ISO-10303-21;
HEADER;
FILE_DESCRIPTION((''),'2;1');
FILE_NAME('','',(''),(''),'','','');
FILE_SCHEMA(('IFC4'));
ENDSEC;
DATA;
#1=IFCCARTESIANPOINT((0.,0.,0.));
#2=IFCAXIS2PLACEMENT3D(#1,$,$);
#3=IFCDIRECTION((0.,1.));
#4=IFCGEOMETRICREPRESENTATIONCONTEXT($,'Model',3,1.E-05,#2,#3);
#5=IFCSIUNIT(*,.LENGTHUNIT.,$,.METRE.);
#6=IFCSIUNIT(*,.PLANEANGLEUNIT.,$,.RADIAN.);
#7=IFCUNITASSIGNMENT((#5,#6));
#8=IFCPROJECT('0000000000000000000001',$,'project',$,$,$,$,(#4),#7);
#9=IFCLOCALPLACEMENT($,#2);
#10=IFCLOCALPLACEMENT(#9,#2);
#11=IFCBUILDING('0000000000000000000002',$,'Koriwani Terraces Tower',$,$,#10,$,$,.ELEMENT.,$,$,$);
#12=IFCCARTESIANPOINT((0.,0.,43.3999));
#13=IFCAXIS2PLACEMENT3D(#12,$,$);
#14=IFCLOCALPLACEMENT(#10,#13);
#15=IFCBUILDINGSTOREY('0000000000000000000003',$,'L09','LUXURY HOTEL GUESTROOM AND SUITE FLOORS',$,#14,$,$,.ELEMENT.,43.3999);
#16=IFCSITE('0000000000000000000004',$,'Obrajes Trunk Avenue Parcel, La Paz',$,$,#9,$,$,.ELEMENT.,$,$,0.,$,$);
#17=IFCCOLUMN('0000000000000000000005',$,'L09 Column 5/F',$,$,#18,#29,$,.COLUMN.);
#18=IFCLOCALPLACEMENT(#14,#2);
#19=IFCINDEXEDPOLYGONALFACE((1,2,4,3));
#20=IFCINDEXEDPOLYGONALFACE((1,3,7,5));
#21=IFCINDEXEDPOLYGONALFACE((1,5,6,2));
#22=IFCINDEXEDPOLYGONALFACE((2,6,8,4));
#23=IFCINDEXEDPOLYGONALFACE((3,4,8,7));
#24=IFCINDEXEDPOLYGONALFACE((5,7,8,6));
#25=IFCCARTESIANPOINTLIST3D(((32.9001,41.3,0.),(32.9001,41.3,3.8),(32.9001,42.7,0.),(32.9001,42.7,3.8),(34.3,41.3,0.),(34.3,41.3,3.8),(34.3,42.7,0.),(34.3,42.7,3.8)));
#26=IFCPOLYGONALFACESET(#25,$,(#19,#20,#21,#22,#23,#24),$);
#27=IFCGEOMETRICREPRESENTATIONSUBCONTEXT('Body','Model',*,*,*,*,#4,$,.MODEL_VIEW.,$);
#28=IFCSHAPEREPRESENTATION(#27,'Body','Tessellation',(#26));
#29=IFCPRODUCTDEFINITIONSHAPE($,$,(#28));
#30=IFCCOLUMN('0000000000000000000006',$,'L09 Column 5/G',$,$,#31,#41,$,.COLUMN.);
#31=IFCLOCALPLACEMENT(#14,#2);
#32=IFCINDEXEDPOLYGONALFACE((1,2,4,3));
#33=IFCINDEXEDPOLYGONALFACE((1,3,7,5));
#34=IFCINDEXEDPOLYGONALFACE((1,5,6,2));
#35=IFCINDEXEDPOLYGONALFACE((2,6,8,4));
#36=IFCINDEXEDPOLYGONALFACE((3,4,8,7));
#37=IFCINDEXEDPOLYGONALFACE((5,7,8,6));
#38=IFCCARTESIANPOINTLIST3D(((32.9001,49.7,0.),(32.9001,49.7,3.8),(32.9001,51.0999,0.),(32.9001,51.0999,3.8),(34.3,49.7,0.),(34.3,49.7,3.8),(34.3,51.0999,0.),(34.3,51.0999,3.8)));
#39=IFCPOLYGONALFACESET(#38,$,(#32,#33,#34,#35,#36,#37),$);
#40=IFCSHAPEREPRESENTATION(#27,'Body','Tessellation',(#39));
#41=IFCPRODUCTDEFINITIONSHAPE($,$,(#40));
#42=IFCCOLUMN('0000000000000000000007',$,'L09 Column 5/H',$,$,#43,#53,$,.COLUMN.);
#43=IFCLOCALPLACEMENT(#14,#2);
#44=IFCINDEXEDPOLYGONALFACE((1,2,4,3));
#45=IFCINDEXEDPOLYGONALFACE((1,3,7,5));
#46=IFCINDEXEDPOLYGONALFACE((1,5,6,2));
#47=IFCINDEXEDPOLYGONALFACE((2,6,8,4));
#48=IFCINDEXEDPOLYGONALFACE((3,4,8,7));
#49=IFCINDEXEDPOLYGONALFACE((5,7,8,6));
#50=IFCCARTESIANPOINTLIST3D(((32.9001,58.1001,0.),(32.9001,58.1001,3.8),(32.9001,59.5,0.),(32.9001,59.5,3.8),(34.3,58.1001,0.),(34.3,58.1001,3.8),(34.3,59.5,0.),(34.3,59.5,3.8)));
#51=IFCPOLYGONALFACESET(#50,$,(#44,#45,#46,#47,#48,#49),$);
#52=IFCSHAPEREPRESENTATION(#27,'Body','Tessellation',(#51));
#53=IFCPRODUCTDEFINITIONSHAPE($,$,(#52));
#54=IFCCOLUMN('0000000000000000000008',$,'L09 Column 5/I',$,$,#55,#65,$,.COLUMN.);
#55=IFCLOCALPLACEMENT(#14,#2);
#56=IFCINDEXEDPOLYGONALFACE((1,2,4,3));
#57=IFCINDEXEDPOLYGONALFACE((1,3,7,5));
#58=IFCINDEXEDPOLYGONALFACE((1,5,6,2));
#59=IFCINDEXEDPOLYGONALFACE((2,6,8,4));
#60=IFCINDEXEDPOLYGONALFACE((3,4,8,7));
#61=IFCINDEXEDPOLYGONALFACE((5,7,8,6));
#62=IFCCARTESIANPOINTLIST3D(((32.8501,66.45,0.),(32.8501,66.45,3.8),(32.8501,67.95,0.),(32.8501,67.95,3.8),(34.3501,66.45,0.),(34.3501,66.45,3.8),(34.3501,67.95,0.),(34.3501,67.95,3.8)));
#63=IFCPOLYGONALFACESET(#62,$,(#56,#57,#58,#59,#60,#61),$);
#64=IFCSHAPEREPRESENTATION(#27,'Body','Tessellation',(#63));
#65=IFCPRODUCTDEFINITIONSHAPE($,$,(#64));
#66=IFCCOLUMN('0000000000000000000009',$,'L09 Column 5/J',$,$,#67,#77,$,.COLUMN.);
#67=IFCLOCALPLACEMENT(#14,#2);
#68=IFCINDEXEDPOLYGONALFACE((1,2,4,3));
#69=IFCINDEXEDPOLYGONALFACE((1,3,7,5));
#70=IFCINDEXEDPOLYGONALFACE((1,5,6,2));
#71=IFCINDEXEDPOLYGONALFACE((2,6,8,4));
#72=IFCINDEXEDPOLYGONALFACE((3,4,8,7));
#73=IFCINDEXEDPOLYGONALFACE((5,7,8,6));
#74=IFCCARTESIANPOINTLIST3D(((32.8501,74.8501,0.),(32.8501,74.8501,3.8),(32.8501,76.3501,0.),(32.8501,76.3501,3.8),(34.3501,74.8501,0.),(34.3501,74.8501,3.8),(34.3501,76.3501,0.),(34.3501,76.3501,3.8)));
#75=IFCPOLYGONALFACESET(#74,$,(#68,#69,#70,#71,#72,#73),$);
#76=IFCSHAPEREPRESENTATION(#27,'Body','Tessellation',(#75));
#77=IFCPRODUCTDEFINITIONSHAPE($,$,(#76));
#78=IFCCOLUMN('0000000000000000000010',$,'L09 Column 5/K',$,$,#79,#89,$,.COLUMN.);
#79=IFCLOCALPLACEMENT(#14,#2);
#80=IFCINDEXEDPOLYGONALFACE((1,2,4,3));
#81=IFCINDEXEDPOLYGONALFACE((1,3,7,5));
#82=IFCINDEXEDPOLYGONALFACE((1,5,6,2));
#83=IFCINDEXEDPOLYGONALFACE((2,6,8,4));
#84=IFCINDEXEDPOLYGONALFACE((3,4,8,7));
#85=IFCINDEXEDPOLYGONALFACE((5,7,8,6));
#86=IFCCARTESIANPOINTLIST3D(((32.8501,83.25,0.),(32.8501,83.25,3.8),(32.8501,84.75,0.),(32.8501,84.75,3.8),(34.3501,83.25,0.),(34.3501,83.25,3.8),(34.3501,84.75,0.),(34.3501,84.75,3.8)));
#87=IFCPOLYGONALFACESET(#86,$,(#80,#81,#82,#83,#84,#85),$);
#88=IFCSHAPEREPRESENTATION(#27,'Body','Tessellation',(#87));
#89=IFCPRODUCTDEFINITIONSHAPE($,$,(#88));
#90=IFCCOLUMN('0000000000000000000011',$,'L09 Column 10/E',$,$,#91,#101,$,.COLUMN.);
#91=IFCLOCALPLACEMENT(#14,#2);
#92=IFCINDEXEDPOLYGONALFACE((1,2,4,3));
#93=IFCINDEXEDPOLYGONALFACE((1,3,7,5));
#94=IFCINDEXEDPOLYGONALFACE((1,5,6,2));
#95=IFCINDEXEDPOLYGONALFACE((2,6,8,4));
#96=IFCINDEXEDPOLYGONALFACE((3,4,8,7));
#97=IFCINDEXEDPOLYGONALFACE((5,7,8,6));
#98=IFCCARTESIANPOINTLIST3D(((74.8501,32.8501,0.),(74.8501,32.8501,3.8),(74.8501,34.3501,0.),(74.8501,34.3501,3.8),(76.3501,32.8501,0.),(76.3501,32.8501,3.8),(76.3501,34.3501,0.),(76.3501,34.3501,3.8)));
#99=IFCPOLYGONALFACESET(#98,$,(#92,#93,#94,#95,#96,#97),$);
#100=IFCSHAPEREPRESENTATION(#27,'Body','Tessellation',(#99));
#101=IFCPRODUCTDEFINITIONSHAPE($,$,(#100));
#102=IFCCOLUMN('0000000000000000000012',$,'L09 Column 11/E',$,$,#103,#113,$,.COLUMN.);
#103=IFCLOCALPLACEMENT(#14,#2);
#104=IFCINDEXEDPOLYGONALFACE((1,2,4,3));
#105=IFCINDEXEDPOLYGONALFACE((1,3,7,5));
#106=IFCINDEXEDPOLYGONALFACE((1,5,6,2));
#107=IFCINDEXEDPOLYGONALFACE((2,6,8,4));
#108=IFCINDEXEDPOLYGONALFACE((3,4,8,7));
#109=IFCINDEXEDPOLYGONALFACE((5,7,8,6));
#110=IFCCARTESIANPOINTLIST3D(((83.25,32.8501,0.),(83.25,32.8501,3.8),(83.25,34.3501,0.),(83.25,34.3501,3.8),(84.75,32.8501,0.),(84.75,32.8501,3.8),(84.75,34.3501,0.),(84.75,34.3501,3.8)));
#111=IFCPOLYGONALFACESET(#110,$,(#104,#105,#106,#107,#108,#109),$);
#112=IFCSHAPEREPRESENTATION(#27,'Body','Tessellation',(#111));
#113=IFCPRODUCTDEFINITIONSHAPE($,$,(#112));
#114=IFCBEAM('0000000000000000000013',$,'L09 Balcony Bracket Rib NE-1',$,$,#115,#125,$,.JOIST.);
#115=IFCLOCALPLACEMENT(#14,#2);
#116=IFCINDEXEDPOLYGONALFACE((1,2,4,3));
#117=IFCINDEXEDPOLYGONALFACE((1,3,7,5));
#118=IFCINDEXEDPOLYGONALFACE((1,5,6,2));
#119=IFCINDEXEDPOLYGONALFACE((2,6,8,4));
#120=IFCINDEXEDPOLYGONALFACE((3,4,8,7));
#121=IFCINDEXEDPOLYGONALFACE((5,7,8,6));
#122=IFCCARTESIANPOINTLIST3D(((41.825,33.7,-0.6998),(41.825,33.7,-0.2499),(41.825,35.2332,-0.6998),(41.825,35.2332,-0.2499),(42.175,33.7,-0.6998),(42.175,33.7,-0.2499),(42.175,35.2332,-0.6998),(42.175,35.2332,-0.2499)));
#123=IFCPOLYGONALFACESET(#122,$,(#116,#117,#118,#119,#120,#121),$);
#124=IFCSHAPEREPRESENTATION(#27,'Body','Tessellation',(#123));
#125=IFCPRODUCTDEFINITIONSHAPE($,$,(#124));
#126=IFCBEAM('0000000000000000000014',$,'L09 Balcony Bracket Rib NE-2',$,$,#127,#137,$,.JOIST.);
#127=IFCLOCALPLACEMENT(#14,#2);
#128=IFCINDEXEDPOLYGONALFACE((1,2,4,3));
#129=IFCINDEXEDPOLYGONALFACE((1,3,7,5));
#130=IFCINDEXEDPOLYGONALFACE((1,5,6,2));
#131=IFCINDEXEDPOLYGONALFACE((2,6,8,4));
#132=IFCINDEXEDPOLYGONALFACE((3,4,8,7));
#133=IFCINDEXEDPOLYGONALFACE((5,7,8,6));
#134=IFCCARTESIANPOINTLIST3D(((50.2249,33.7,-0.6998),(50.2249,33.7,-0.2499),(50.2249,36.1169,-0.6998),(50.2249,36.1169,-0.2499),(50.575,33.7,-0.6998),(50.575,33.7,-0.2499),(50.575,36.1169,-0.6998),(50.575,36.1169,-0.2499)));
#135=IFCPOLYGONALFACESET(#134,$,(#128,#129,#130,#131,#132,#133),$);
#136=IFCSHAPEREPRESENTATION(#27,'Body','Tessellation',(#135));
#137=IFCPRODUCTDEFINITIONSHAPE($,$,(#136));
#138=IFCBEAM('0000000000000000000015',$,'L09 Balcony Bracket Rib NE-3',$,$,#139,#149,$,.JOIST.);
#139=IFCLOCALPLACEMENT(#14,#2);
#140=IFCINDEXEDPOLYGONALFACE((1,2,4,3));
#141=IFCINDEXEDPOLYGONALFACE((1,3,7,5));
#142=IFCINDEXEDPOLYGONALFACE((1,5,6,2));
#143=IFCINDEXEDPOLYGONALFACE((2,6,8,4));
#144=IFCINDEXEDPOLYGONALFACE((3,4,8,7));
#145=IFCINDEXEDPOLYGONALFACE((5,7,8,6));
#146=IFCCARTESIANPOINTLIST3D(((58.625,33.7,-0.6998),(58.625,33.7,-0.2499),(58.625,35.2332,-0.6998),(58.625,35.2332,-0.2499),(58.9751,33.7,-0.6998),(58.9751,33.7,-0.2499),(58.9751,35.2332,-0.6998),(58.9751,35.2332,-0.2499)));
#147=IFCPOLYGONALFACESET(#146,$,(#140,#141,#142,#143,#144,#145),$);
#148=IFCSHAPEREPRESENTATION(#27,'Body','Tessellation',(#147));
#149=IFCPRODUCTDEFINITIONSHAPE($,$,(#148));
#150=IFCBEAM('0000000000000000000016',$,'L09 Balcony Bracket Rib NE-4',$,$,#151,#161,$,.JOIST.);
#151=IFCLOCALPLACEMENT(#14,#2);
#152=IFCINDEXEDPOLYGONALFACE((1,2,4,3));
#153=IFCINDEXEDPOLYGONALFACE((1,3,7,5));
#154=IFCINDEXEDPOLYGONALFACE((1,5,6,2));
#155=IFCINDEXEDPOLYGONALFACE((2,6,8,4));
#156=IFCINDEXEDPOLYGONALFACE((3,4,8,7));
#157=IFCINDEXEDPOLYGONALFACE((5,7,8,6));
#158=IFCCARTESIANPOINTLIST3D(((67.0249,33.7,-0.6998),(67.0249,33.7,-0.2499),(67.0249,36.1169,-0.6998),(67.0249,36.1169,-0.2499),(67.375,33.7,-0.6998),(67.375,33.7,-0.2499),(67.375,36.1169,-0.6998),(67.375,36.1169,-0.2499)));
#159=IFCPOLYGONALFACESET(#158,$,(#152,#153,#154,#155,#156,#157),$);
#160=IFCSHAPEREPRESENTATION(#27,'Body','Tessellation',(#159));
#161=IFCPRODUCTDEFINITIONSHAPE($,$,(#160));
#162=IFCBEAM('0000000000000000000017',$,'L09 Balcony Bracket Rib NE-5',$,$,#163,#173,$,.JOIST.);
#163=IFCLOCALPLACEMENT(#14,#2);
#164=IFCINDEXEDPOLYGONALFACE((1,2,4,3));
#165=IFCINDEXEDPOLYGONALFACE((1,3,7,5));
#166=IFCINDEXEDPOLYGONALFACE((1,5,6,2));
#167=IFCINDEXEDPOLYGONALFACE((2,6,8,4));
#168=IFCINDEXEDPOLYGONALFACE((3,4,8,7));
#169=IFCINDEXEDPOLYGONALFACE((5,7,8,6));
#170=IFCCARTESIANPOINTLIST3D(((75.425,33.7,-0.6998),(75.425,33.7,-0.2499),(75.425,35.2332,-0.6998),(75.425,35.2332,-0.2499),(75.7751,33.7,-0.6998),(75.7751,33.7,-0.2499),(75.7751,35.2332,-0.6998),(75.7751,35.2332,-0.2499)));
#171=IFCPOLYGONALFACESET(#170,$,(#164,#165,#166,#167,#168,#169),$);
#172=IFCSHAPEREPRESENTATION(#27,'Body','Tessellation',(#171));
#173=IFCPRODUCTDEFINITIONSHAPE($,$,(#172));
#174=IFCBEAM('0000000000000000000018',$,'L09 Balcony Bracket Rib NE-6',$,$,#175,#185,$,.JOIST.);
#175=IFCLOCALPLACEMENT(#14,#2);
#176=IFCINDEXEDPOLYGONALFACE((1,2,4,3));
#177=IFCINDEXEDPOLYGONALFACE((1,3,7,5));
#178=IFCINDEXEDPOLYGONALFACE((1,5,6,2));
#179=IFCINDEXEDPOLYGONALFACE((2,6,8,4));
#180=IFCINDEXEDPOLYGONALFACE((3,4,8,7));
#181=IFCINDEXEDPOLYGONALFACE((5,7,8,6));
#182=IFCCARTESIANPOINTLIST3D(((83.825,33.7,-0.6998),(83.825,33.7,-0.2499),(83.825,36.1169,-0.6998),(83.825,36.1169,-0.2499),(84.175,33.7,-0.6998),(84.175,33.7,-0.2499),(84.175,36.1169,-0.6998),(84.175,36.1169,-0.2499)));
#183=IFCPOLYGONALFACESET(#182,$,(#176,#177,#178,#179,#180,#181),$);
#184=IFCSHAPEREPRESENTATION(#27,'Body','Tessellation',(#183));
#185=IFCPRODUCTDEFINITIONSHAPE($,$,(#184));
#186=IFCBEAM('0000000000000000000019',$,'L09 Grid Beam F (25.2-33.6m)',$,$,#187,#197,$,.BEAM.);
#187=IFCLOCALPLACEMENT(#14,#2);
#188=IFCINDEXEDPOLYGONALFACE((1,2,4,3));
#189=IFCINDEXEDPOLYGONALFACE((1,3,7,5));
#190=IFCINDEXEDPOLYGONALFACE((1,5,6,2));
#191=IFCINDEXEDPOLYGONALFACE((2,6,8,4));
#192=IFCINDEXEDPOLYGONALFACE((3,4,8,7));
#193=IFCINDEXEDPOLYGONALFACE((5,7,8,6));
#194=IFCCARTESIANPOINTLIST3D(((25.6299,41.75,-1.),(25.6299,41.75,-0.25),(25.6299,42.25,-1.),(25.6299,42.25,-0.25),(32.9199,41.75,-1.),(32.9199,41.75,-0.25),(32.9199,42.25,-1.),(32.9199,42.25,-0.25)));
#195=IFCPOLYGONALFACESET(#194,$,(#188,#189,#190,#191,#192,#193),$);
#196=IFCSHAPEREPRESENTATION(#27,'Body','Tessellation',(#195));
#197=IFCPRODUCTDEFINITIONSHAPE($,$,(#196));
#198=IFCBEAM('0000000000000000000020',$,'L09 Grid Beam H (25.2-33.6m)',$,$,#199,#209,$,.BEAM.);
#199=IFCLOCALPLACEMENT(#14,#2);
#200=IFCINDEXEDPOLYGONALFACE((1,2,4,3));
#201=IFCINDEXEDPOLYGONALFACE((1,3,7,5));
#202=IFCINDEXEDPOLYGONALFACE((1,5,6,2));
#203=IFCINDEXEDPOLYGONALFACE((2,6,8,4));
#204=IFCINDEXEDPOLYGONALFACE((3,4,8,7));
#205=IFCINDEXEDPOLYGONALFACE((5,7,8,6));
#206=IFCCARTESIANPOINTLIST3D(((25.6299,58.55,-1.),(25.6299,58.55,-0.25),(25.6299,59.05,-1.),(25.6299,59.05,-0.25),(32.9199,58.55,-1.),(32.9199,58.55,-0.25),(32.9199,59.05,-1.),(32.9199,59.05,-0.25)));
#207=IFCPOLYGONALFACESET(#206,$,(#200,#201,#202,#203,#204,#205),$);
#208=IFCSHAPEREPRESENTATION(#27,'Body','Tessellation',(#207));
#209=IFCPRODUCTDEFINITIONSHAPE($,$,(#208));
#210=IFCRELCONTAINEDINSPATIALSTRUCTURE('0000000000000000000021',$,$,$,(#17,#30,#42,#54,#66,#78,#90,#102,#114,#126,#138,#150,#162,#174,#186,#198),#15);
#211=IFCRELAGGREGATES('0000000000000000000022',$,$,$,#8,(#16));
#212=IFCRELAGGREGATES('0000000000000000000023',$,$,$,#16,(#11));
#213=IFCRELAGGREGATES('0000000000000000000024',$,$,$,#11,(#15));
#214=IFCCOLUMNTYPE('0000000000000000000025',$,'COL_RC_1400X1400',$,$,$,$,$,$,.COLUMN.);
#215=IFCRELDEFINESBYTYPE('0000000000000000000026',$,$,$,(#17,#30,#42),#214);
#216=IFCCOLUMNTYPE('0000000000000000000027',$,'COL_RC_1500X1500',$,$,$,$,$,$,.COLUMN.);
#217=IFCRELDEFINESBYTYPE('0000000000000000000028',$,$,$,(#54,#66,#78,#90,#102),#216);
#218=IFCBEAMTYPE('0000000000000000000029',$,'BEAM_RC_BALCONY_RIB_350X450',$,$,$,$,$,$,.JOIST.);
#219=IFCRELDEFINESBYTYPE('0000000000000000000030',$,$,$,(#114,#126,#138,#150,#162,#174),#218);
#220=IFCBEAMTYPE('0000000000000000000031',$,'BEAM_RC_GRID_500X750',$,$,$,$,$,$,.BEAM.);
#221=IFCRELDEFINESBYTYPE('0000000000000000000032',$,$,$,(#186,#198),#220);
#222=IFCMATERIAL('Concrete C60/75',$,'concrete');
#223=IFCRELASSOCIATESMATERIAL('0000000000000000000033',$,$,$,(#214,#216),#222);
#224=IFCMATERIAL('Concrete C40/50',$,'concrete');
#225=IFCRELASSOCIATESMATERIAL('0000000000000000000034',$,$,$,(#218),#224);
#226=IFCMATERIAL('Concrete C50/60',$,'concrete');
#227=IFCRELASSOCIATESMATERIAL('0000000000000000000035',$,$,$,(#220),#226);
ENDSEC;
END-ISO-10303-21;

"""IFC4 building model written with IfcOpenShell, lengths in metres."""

from ifc_helpers import new_model, si_unit, direction, frame, origin, origin_2d, place, context, subcontext, project, spatial, rectangle, extrude, material, material_profile, profile_set, type_object, element, save


model = new_model("IFC4")

# Units and contexts
model_context = context("Model", 3, precision=1e-05, world=origin(), true_north=direction((0.0, 1.0)))
body_context = subcontext(model_context, "Body", "Model", "MODEL_VIEW")
ifc_project = project(units=[si_unit("LENGTHUNIT", "METRE"), si_unit("PLANEANGLEUNIT", "RADIAN")], contexts=[model_context])

# Site, building, storey
site_placement = place(None, origin())
site = spatial("IfcSite", under=ifc_project, at=site_placement, Name="Obrajes Trunk Avenue Parcel, La Paz", CompositionType="ELEMENT", RefElevation=0.0)
building_placement = place(site_placement, origin())
building = spatial("IfcBuilding", under=site, at=building_placement, Name="Koriwani Terraces Tower", CompositionType="ELEMENT")
storey_placement = place(building_placement, frame((0.0, 0.0, 43.3999)))
storey = spatial("IfcBuildingStorey", under=building, at=storey_placement, Name="L09", Description="LUXURY HOTEL GUESTROOM AND SUITE FLOORS", CompositionType="ELEMENT", Elevation=43.3999)

# Columns
ifc_material_1 = material(Name="Concrete C60/75", Category="concrete")
ifc_material_profile_1 = material_profile(ifc_material_1, rectangle(XDim=1.3999, YDim=1.3999, at=origin_2d()), Name="Concrete C60/75", Category="LoadBearing")
ifc_profile_set_1 = profile_set([ifc_material_profile_1], Name="Concrete C60/75")
column_type_1 = type_object("IfcColumnType", Name="COL_RC_1400X1400", PredefinedType="COLUMN", material=ifc_profile_set_1)
for number, where, z_axis, x_axis, name in (
    (1, (33.6001, 42.0, 0.0), (0.0, 0.0, 1.0), (1.0, 0.0, 0.0), "L09 Column 5/F"),
    (2, (33.6001, 50.3999, 0.0), (0.0, 0.0, 1.0), (1.0, 0.0, 0.0), "L09 Column 5/G"),
    (3, (33.6001, 58.8, 0.0), (0.0, 0.0, 1.0), (1.0, 0.0, 0.0), "L09 Column 5/H"),
):
    element("IfcColumn", number, at=place(storey_placement, frame(where, z_axis=z_axis, x_axis=x_axis)), inside=storey, type_object=column_type_1, Name=name, PredefinedType="COLUMN", context=body_context, shape_type="SweptSolid", body=[
        extrude(rectangle(XDim=1.3999, YDim=1.3999, at=origin_2d()), origin(), (0.0, 0.0, 1.0), 3.8),
    ])
ifc_material_profile_2 = material_profile(ifc_material_1, rectangle(XDim=1.5, YDim=1.5, at=origin_2d()), Name="Concrete C60/75", Category="LoadBearing")
ifc_profile_set_2 = profile_set([ifc_material_profile_2], Name="Concrete C60/75")
column_type_2 = type_object("IfcColumnType", Name="COL_RC_1500X1500", PredefinedType="COLUMN", material=ifc_profile_set_2)
for number, where, z_axis, x_axis, name in (
    (4, (33.6001, 67.2, 0.0), (0.0, 0.0, 1.0), (1.0, 0.0, 0.0), "L09 Column 5/I"),
    (5, (33.6001, 75.6001, 0.0), (0.0, 0.0, 1.0), (1.0, 0.0, 0.0), "L09 Column 5/J"),
    (6, (33.6001, 84.0, 0.0), (0.0, 0.0, 1.0), (1.0, 0.0, 0.0), "L09 Column 5/K"),
    (7, (75.6001, 33.6001, 0.0), (0.0, 0.0, 1.0), (1.0, 0.0, 0.0), "L09 Column 10/E"),
    (8, (84.0, 33.6001, 0.0), (0.0, 0.0, 1.0), (1.0, 0.0, 0.0), "L09 Column 11/E"),
):
    element("IfcColumn", number, at=place(storey_placement, frame(where, z_axis=z_axis, x_axis=x_axis)), inside=storey, type_object=column_type_2, Name=name, PredefinedType="COLUMN", context=body_context, shape_type="SweptSolid", body=[
        extrude(rectangle(XDim=1.5, YDim=1.5, at=origin_2d()), origin(), (0.0, 0.0, 1.0), 3.8),
    ])

# Beams
ifc_material_2 = material(Name="Concrete C40/50", Category="concrete")
ifc_material_profile_3 = material_profile(ifc_material_2, rectangle(XDim=0.3501, YDim=0.45, at=origin_2d()), Name="Concrete C40/50", Category="LoadBearing")
ifc_profile_set_3 = profile_set([ifc_material_profile_3], Name="Concrete C40/50")
beam_type_1 = type_object("IfcBeamType", Name="BEAM_RC_BALCONY_RIB_350X450", PredefinedType="JOIST", material=ifc_profile_set_3)
beam_1_placement = place(storey_placement, frame((42.0, 33.7, -0.4749), z_axis=(0.0, 1.0, 0.0), x_axis=(-1.0, 0.0, 0.0)))
element("IfcBeam", 9, at=beam_1_placement, inside=storey, type_object=beam_type_1, Name="L09 Balcony Bracket Rib NE-1", PredefinedType="JOIST", context=body_context, shape_type="SweptSolid", body=[
    extrude(rectangle(XDim=0.3501, YDim=0.45, at=origin_2d()), origin(), (0.0, 0.0, 1.0), 1.5332),
])
beam_2_placement = place(storey_placement, frame((50.3999, 33.7, -0.4749), z_axis=(0.0, 1.0, 0.0), x_axis=(-1.0, 0.0, 0.0)))
element("IfcBeam", 10, at=beam_2_placement, inside=storey, type_object=beam_type_1, Name="L09 Balcony Bracket Rib NE-2", PredefinedType="JOIST", context=body_context, shape_type="SweptSolid", body=[
    extrude(rectangle(XDim=0.3501, YDim=0.45, at=origin_2d()), origin(), (0.0, 0.0, 1.0), 2.417),
])
beam_3_placement = place(storey_placement, frame((58.8, 33.7, -0.4749), z_axis=(0.0, 1.0, 0.0), x_axis=(-1.0, 0.0, 0.0)))
element("IfcBeam", 11, at=beam_3_placement, inside=storey, type_object=beam_type_1, Name="L09 Balcony Bracket Rib NE-3", PredefinedType="JOIST", context=body_context, shape_type="SweptSolid", body=[
    extrude(rectangle(XDim=0.3501, YDim=0.45, at=origin_2d()), origin(), (0.0, 0.0, 1.0), 1.5332),
])
beam_4_placement = place(storey_placement, frame((67.2, 33.7, -0.4749), z_axis=(0.0, 1.0, 0.0), x_axis=(-1.0, 0.0, 0.0)))
element("IfcBeam", 12, at=beam_4_placement, inside=storey, type_object=beam_type_1, Name="L09 Balcony Bracket Rib NE-4", PredefinedType="JOIST", context=body_context, shape_type="SweptSolid", body=[
    extrude(rectangle(XDim=0.3501, YDim=0.45, at=origin_2d()), origin(), (0.0, 0.0, 1.0), 2.417),
])
beam_5_placement = place(storey_placement, frame((75.6001, 33.7, -0.4749), z_axis=(0.0, 1.0, 0.0), x_axis=(-1.0, 0.0, 0.0)))
element("IfcBeam", 13, at=beam_5_placement, inside=storey, type_object=beam_type_1, Name="L09 Balcony Bracket Rib NE-5", PredefinedType="JOIST", context=body_context, shape_type="SweptSolid", body=[
    extrude(rectangle(XDim=0.3501, YDim=0.45, at=origin_2d()), origin(), (0.0, 0.0, 1.0), 1.5332),
])
beam_6_placement = place(storey_placement, frame((84.0, 33.7, -0.4749), z_axis=(0.0, 1.0, 0.0), x_axis=(-1.0, 0.0, 0.0)))
element("IfcBeam", 14, at=beam_6_placement, inside=storey, type_object=beam_type_1, Name="L09 Balcony Bracket Rib NE-6", PredefinedType="JOIST", context=body_context, shape_type="SweptSolid", body=[
    extrude(rectangle(XDim=0.3501, YDim=0.45, at=origin_2d()), origin(), (0.0, 0.0, 1.0), 2.417),
])
ifc_material_3 = material(Name="Concrete C50/60", Category="concrete")
ifc_material_profile_4 = material_profile(ifc_material_3, rectangle(XDim=0.5, YDim=0.75, at=origin_2d()), Name="Concrete C50/60", Category="LoadBearing")
ifc_profile_set_4 = profile_set([ifc_material_profile_4], Name="Concrete C50/60")
beam_type_2 = type_object("IfcBeamType", Name="BEAM_RC_GRID_500X750", PredefinedType="BEAM", material=ifc_profile_set_4)
for number, where, z_axis, x_axis, name in (
    (15, (25.6299, 42.0, -0.625), (1.0, 0.0, 0.0), (0.0, 1.0, 0.0), "L09 Grid Beam F (25.2-33.6m)"),
    (16, (25.6299, 58.8, -0.625), (1.0, 0.0, 0.0), (0.0, 1.0, 0.0), "L09 Grid Beam H (25.2-33.6m)"),
):
    element("IfcBeam", number, at=place(storey_placement, frame(where, z_axis=z_axis, x_axis=x_axis)), inside=storey, type_object=beam_type_2, Name=name, PredefinedType="BEAM", context=body_context, shape_type="SweptSolid", body=[
        extrude(rectangle(XDim=0.5, YDim=0.75, at=origin_2d()), origin(), (0.0, 0.0, 1.0), 7.29),
    ])

save(model, "model.ifc")
